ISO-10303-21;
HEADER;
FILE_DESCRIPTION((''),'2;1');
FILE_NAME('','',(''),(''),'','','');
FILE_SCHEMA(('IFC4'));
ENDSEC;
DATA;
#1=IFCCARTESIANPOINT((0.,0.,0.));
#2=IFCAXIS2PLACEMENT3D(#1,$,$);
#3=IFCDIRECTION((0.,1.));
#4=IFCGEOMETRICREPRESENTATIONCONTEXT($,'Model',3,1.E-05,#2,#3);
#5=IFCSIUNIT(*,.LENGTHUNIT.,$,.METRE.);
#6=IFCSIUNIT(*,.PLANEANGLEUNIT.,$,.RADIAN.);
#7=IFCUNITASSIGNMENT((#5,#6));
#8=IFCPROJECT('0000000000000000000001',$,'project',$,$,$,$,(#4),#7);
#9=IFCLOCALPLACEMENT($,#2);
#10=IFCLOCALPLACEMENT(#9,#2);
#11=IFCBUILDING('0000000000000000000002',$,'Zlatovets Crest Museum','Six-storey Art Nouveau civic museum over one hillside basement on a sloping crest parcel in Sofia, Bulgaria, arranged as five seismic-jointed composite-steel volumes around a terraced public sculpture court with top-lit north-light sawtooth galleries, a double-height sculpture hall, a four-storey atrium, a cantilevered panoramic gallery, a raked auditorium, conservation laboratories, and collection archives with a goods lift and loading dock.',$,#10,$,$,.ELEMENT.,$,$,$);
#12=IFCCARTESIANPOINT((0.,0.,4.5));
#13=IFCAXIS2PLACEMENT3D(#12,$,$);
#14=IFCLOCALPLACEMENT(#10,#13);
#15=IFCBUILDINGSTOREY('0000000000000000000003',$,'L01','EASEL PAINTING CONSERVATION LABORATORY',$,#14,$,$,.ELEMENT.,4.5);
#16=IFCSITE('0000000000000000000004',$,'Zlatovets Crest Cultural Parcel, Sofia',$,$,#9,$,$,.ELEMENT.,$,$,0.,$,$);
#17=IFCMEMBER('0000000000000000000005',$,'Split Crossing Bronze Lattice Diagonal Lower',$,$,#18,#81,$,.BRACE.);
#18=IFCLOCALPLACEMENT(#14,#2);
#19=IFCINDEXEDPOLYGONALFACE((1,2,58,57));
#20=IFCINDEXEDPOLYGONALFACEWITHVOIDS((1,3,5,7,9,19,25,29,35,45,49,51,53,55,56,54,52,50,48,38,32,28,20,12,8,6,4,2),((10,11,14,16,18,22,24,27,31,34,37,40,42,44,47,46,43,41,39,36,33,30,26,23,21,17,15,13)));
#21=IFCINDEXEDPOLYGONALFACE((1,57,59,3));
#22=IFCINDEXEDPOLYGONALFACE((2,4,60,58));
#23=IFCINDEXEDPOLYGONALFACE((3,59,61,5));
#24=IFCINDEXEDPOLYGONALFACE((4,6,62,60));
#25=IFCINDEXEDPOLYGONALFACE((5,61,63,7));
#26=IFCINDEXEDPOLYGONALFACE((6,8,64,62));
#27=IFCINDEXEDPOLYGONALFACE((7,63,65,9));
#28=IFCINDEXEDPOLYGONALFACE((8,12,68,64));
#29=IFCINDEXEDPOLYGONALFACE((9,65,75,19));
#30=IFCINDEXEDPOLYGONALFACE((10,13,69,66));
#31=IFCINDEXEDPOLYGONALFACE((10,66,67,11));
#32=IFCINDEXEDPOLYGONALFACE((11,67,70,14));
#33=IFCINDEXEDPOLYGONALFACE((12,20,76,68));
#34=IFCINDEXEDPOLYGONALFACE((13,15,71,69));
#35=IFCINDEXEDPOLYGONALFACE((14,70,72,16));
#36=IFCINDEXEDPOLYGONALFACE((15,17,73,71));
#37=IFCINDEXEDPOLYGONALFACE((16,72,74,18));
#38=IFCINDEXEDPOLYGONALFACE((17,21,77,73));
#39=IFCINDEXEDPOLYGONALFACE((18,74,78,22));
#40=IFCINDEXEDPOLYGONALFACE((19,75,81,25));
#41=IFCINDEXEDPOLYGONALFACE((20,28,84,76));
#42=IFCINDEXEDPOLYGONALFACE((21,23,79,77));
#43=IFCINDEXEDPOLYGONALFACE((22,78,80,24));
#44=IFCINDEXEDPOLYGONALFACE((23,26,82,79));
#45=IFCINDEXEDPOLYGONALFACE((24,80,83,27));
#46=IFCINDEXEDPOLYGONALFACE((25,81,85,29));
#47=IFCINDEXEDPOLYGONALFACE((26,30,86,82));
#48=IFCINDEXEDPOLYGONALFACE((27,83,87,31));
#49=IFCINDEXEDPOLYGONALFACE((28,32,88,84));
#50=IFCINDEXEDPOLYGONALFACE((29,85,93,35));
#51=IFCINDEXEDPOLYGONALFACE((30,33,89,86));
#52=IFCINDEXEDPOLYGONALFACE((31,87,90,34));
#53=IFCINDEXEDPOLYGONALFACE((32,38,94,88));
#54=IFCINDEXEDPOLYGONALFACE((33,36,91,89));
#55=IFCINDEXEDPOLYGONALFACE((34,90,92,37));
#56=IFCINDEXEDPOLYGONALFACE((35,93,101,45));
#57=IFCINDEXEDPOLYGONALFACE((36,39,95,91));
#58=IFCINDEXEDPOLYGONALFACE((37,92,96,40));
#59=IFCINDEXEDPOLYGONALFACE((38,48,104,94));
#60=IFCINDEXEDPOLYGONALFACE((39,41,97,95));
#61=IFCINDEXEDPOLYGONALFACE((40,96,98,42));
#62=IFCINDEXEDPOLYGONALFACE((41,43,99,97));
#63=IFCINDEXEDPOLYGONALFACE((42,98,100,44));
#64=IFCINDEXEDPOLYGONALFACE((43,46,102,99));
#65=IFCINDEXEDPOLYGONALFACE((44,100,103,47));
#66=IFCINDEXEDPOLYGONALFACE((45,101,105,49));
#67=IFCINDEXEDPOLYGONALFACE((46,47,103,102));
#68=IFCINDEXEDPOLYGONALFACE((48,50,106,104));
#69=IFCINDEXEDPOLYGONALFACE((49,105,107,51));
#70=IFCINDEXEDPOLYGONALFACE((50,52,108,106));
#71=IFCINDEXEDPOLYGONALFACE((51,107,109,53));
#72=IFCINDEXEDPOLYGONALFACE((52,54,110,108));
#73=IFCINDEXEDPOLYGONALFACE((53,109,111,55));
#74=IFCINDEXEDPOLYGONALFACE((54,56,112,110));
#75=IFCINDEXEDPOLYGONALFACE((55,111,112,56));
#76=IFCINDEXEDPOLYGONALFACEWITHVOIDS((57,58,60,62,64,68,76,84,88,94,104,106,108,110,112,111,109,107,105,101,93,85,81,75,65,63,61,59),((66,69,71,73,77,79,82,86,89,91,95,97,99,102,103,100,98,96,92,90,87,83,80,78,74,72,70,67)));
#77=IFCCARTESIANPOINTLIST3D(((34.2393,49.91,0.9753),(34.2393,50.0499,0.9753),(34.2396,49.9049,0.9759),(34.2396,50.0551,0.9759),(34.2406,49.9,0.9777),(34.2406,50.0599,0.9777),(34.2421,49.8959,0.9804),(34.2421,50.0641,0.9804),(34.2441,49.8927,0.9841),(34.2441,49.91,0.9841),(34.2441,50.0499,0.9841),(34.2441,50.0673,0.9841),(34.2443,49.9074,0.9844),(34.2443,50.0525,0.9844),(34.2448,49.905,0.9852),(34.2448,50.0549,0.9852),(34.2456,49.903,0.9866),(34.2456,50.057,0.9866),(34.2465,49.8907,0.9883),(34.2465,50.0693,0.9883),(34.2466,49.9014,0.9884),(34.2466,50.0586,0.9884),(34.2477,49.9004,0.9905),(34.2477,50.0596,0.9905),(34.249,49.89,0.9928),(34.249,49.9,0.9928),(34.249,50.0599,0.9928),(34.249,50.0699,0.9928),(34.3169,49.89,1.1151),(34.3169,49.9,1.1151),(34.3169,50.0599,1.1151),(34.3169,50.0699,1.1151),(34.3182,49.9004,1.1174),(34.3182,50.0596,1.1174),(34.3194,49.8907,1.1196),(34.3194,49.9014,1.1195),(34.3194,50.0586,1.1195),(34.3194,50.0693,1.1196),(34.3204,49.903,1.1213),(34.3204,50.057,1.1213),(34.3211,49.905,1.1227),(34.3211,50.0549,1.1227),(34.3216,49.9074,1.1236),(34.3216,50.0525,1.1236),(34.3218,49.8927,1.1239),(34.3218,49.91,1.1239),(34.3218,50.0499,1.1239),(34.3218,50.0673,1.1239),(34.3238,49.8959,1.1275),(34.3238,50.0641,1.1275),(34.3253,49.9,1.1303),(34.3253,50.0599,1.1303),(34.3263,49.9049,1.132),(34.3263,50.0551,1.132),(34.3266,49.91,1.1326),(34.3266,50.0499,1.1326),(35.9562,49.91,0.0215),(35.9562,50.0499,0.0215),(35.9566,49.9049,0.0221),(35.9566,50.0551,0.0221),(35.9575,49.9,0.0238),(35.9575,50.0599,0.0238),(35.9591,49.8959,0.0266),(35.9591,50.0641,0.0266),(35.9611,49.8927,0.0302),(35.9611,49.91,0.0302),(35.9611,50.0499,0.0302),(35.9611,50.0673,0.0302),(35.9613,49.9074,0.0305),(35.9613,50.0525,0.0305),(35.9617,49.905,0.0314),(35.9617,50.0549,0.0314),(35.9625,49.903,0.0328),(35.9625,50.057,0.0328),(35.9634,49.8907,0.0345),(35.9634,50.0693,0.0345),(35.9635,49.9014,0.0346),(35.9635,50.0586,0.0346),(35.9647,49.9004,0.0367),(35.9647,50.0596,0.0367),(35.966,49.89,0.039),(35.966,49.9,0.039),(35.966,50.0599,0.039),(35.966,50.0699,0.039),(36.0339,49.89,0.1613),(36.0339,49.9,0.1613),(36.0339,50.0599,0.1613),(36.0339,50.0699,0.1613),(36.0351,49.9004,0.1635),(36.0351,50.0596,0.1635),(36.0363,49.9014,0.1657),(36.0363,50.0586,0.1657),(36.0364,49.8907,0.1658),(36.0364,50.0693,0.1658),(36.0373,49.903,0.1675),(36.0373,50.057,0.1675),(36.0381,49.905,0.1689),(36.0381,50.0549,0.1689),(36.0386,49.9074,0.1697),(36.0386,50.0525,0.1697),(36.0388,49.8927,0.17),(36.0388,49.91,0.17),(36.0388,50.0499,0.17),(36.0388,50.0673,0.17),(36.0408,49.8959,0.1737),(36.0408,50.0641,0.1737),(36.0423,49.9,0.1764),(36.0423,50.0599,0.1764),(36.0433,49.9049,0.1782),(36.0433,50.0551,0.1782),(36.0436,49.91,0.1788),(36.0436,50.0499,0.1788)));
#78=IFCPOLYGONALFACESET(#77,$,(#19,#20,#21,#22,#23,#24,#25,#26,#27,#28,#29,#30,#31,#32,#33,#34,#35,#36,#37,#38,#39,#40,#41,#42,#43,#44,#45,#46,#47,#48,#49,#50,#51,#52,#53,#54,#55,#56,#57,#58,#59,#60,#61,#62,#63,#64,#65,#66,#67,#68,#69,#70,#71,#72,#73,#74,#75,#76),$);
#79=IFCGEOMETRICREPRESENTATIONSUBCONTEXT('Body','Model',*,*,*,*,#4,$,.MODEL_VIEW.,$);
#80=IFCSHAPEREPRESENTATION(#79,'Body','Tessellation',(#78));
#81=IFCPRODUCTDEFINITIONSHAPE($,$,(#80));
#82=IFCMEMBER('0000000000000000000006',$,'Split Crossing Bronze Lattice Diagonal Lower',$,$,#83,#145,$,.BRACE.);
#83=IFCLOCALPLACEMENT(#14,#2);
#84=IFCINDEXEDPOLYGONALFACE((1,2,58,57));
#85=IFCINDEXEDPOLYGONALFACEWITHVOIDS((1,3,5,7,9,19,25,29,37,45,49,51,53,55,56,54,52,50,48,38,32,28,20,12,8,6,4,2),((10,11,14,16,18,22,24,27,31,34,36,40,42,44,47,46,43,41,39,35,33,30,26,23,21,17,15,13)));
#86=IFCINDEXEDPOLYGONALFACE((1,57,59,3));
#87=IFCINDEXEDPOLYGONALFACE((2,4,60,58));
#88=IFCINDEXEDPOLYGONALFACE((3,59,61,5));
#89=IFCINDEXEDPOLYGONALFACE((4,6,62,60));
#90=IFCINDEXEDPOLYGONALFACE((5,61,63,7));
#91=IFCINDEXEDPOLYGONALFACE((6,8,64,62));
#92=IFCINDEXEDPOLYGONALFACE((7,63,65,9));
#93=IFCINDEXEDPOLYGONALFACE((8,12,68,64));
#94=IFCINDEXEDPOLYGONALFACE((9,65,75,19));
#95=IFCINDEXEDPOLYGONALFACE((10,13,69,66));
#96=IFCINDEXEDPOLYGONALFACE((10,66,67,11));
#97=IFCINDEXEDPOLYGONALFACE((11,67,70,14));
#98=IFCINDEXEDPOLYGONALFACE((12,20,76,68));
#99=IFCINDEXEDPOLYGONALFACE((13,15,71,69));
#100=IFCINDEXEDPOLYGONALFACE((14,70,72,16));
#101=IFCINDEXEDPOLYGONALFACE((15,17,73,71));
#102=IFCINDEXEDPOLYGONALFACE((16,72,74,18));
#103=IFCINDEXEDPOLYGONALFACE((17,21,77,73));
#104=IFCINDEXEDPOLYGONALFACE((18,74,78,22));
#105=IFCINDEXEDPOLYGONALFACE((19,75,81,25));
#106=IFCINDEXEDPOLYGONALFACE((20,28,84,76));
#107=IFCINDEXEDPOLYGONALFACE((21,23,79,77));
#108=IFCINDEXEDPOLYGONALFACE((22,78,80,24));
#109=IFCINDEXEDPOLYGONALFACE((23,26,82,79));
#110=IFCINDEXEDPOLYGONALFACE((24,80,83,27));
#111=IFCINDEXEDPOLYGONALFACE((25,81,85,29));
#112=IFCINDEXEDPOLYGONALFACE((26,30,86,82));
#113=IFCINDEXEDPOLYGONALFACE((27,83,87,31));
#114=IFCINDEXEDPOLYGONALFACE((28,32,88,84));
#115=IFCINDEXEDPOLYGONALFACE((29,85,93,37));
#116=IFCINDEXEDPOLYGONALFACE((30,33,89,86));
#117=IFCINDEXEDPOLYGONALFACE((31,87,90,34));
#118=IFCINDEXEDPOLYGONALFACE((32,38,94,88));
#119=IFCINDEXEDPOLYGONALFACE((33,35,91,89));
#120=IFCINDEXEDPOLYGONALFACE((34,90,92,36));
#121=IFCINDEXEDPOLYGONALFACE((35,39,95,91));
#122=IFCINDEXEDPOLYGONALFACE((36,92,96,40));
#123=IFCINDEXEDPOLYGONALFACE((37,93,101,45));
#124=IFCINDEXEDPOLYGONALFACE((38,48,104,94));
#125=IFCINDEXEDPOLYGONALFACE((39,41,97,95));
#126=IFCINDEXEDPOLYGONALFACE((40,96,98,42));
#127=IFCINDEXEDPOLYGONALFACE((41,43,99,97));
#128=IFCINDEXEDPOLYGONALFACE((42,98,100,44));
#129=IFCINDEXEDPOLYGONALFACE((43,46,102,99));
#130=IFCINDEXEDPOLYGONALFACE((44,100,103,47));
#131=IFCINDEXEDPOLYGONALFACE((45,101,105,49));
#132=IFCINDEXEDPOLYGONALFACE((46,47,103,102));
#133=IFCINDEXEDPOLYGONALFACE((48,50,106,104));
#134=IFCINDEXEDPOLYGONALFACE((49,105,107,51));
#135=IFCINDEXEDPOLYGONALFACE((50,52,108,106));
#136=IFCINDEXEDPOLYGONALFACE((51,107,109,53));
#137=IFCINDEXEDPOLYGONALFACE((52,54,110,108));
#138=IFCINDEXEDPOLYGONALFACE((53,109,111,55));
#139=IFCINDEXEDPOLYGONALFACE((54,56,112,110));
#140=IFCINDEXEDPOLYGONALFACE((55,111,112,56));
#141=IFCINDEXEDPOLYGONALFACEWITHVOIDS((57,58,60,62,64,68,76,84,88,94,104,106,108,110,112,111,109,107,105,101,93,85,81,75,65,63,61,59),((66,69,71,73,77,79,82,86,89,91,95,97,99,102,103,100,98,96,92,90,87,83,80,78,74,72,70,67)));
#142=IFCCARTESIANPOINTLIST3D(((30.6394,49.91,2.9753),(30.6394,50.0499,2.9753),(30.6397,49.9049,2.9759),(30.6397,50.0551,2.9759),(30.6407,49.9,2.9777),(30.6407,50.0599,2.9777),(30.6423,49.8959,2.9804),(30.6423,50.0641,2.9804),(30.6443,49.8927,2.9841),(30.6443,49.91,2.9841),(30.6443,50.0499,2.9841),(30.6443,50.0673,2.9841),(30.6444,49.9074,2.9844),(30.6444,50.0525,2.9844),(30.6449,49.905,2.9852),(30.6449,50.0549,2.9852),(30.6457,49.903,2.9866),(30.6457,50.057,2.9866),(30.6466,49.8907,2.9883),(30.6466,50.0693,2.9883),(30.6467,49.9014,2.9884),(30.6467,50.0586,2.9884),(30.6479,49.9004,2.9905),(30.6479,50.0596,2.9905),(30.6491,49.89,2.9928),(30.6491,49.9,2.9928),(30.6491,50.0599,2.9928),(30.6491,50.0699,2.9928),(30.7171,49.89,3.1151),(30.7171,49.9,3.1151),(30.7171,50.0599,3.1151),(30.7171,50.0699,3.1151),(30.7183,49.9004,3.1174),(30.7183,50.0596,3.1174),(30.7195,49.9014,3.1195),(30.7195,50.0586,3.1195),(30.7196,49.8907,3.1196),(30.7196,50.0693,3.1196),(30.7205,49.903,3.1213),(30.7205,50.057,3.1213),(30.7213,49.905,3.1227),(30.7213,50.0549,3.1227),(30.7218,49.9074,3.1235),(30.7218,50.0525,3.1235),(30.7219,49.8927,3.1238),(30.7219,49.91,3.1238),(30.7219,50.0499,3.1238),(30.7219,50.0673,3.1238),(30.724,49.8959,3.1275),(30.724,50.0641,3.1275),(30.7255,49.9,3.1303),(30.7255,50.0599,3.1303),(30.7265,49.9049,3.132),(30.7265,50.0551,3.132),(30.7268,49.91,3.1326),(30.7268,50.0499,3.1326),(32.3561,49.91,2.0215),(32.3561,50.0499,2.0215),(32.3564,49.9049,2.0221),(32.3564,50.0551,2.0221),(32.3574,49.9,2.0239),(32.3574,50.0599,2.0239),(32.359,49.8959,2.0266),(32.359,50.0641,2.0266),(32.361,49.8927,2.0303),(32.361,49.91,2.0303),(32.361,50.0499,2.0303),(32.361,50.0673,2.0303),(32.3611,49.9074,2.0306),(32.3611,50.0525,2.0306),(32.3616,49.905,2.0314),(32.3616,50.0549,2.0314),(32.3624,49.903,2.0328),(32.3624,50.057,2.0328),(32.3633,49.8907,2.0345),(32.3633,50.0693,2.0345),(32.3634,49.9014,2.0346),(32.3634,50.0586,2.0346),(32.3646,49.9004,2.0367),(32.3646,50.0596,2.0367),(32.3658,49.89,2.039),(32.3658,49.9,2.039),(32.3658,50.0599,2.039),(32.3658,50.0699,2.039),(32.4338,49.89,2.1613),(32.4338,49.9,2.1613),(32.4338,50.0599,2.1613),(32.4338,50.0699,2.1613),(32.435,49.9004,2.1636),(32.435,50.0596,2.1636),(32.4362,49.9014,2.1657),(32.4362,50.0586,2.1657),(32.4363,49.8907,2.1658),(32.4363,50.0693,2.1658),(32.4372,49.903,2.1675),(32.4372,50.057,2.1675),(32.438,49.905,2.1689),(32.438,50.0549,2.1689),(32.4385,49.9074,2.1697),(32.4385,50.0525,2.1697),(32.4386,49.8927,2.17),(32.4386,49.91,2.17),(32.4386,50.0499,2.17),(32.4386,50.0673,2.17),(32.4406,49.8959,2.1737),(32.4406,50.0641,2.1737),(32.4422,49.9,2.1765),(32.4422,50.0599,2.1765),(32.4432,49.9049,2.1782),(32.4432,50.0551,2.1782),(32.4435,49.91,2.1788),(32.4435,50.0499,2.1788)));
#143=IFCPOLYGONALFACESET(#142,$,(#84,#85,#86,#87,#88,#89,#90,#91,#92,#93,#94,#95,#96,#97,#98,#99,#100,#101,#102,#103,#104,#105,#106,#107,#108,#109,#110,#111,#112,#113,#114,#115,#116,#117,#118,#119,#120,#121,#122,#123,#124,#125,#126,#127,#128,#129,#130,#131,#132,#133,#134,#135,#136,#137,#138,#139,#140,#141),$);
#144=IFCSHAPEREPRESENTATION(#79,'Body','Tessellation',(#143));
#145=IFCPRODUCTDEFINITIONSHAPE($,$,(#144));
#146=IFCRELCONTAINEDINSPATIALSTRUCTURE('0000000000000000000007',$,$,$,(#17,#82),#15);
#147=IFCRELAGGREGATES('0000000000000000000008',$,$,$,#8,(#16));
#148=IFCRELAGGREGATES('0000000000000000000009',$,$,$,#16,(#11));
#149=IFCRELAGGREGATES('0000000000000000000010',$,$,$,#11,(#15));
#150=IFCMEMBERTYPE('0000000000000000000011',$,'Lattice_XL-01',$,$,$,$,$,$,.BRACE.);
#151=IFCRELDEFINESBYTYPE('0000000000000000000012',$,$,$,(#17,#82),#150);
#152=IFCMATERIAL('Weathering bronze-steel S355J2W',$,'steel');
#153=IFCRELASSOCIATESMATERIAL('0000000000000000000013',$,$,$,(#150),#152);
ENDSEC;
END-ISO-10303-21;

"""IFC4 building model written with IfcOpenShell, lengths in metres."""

from ifc_helpers import new_model, si_unit, direction, frame, origin, origin_2d, place, context, subcontext, project, spatial, hollow_rectangle, extrude, material, material_profile, profile_set, type_object, element, save


model = new_model("IFC4")

# Units and contexts
model_context = context("Model", 3, precision=1e-05, world=origin(), true_north=direction((0.0, 1.0)))
body_context = subcontext(model_context, "Body", "Model", "MODEL_VIEW")
ifc_project = project(units=[si_unit("LENGTHUNIT", "METRE"), si_unit("PLANEANGLEUNIT", "RADIAN")], contexts=[model_context])

# Site, building, storey
site_placement = place(None, origin())
site = spatial("IfcSite", under=ifc_project, at=site_placement, Name="Zlatovets Crest Cultural Parcel, Sofia", CompositionType="ELEMENT", RefElevation=0.0)
building_placement = place(site_placement, origin())
building = spatial("IfcBuilding", under=site, at=building_placement, Name="Zlatovets Crest Museum", Description="Six-storey Art Nouveau civic museum over one hillside basement on a sloping crest parcel in Sofia, Bulgaria, arranged as five seismic-jointed composite-steel volumes around a terraced public sculpture court with top-lit north-light sawtooth galleries, a double-height sculpture hall, a four-storey atrium, a cantilevered panoramic gallery, a raked auditorium, conservation laboratories, and collection archives with a goods lift and loading dock.", CompositionType="ELEMENT")
storey_placement = place(building_placement, frame((0.0, 0.0, 4.5)))
storey = spatial("IfcBuildingStorey", under=building, at=storey_placement, Name="L01", Description="EASEL PAINTING CONSERVATION LABORATORY", CompositionType="ELEMENT", Elevation=4.5)

# Members
ifc_material_1 = material(Name="Weathering bronze-steel S355J2W", Category="steel")
ifc_material_profile_1 = material_profile(ifc_material_1, hollow_rectangle(XDim=0.1799, YDim=0.1799, WallThickness=0.01, InnerFilletRadius=0.01, OuterFilletRadius=0.02, at=origin_2d()), Name="SHS 180x180x10.0")
ifc_profile_set_1 = profile_set([ifc_material_profile_1], Name="Weathering bronze-steel S355J2W")
member_type_1 = type_object("IfcMemberType", Name="Lattice_XL-01", PredefinedType="BRACE", material=ifc_profile_set_1)
member_1_placement = place(storey_placement, frame((34.283, 49.98, 1.054), z_axis=(0.874169, 0.0, -0.485622), x_axis=(0.0, 1.0, 0.0)))
element("IfcMember", 1, at=member_1_placement, inside=storey, type_object=member_type_1, Name="Split Crossing Bronze Lattice Diagonal Lower", PredefinedType="BRACE", context=body_context, shape_type="SweptSolid", body=[
    extrude(hollow_rectangle(XDim=0.1799, YDim=0.1799, WallThickness=0.01, InnerFilletRadius=0.01, OuterFilletRadius=0.02, at=origin_2d()), origin(), (0.0, 0.0, 1.0), 1.9641),
])
member_2_placement = place(storey_placement, frame((30.6831, 49.98, 3.054), z_axis=(0.87414, 0.0, -0.485675), x_axis=(0.0, 1.0, 0.0)))
element("IfcMember", 2, at=member_2_placement, inside=storey, type_object=member_type_1, Name="Split Crossing Bronze Lattice Diagonal Lower", PredefinedType="BRACE", context=body_context, shape_type="SweptSolid", body=[
    extrude(hollow_rectangle(XDim=0.1799, YDim=0.1799, WallThickness=0.01, InnerFilletRadius=0.01, OuterFilletRadius=0.02, at=origin_2d()), origin(), (0.0, 0.0, 1.0), 1.9639),
])

save(model, "model.ifc")
